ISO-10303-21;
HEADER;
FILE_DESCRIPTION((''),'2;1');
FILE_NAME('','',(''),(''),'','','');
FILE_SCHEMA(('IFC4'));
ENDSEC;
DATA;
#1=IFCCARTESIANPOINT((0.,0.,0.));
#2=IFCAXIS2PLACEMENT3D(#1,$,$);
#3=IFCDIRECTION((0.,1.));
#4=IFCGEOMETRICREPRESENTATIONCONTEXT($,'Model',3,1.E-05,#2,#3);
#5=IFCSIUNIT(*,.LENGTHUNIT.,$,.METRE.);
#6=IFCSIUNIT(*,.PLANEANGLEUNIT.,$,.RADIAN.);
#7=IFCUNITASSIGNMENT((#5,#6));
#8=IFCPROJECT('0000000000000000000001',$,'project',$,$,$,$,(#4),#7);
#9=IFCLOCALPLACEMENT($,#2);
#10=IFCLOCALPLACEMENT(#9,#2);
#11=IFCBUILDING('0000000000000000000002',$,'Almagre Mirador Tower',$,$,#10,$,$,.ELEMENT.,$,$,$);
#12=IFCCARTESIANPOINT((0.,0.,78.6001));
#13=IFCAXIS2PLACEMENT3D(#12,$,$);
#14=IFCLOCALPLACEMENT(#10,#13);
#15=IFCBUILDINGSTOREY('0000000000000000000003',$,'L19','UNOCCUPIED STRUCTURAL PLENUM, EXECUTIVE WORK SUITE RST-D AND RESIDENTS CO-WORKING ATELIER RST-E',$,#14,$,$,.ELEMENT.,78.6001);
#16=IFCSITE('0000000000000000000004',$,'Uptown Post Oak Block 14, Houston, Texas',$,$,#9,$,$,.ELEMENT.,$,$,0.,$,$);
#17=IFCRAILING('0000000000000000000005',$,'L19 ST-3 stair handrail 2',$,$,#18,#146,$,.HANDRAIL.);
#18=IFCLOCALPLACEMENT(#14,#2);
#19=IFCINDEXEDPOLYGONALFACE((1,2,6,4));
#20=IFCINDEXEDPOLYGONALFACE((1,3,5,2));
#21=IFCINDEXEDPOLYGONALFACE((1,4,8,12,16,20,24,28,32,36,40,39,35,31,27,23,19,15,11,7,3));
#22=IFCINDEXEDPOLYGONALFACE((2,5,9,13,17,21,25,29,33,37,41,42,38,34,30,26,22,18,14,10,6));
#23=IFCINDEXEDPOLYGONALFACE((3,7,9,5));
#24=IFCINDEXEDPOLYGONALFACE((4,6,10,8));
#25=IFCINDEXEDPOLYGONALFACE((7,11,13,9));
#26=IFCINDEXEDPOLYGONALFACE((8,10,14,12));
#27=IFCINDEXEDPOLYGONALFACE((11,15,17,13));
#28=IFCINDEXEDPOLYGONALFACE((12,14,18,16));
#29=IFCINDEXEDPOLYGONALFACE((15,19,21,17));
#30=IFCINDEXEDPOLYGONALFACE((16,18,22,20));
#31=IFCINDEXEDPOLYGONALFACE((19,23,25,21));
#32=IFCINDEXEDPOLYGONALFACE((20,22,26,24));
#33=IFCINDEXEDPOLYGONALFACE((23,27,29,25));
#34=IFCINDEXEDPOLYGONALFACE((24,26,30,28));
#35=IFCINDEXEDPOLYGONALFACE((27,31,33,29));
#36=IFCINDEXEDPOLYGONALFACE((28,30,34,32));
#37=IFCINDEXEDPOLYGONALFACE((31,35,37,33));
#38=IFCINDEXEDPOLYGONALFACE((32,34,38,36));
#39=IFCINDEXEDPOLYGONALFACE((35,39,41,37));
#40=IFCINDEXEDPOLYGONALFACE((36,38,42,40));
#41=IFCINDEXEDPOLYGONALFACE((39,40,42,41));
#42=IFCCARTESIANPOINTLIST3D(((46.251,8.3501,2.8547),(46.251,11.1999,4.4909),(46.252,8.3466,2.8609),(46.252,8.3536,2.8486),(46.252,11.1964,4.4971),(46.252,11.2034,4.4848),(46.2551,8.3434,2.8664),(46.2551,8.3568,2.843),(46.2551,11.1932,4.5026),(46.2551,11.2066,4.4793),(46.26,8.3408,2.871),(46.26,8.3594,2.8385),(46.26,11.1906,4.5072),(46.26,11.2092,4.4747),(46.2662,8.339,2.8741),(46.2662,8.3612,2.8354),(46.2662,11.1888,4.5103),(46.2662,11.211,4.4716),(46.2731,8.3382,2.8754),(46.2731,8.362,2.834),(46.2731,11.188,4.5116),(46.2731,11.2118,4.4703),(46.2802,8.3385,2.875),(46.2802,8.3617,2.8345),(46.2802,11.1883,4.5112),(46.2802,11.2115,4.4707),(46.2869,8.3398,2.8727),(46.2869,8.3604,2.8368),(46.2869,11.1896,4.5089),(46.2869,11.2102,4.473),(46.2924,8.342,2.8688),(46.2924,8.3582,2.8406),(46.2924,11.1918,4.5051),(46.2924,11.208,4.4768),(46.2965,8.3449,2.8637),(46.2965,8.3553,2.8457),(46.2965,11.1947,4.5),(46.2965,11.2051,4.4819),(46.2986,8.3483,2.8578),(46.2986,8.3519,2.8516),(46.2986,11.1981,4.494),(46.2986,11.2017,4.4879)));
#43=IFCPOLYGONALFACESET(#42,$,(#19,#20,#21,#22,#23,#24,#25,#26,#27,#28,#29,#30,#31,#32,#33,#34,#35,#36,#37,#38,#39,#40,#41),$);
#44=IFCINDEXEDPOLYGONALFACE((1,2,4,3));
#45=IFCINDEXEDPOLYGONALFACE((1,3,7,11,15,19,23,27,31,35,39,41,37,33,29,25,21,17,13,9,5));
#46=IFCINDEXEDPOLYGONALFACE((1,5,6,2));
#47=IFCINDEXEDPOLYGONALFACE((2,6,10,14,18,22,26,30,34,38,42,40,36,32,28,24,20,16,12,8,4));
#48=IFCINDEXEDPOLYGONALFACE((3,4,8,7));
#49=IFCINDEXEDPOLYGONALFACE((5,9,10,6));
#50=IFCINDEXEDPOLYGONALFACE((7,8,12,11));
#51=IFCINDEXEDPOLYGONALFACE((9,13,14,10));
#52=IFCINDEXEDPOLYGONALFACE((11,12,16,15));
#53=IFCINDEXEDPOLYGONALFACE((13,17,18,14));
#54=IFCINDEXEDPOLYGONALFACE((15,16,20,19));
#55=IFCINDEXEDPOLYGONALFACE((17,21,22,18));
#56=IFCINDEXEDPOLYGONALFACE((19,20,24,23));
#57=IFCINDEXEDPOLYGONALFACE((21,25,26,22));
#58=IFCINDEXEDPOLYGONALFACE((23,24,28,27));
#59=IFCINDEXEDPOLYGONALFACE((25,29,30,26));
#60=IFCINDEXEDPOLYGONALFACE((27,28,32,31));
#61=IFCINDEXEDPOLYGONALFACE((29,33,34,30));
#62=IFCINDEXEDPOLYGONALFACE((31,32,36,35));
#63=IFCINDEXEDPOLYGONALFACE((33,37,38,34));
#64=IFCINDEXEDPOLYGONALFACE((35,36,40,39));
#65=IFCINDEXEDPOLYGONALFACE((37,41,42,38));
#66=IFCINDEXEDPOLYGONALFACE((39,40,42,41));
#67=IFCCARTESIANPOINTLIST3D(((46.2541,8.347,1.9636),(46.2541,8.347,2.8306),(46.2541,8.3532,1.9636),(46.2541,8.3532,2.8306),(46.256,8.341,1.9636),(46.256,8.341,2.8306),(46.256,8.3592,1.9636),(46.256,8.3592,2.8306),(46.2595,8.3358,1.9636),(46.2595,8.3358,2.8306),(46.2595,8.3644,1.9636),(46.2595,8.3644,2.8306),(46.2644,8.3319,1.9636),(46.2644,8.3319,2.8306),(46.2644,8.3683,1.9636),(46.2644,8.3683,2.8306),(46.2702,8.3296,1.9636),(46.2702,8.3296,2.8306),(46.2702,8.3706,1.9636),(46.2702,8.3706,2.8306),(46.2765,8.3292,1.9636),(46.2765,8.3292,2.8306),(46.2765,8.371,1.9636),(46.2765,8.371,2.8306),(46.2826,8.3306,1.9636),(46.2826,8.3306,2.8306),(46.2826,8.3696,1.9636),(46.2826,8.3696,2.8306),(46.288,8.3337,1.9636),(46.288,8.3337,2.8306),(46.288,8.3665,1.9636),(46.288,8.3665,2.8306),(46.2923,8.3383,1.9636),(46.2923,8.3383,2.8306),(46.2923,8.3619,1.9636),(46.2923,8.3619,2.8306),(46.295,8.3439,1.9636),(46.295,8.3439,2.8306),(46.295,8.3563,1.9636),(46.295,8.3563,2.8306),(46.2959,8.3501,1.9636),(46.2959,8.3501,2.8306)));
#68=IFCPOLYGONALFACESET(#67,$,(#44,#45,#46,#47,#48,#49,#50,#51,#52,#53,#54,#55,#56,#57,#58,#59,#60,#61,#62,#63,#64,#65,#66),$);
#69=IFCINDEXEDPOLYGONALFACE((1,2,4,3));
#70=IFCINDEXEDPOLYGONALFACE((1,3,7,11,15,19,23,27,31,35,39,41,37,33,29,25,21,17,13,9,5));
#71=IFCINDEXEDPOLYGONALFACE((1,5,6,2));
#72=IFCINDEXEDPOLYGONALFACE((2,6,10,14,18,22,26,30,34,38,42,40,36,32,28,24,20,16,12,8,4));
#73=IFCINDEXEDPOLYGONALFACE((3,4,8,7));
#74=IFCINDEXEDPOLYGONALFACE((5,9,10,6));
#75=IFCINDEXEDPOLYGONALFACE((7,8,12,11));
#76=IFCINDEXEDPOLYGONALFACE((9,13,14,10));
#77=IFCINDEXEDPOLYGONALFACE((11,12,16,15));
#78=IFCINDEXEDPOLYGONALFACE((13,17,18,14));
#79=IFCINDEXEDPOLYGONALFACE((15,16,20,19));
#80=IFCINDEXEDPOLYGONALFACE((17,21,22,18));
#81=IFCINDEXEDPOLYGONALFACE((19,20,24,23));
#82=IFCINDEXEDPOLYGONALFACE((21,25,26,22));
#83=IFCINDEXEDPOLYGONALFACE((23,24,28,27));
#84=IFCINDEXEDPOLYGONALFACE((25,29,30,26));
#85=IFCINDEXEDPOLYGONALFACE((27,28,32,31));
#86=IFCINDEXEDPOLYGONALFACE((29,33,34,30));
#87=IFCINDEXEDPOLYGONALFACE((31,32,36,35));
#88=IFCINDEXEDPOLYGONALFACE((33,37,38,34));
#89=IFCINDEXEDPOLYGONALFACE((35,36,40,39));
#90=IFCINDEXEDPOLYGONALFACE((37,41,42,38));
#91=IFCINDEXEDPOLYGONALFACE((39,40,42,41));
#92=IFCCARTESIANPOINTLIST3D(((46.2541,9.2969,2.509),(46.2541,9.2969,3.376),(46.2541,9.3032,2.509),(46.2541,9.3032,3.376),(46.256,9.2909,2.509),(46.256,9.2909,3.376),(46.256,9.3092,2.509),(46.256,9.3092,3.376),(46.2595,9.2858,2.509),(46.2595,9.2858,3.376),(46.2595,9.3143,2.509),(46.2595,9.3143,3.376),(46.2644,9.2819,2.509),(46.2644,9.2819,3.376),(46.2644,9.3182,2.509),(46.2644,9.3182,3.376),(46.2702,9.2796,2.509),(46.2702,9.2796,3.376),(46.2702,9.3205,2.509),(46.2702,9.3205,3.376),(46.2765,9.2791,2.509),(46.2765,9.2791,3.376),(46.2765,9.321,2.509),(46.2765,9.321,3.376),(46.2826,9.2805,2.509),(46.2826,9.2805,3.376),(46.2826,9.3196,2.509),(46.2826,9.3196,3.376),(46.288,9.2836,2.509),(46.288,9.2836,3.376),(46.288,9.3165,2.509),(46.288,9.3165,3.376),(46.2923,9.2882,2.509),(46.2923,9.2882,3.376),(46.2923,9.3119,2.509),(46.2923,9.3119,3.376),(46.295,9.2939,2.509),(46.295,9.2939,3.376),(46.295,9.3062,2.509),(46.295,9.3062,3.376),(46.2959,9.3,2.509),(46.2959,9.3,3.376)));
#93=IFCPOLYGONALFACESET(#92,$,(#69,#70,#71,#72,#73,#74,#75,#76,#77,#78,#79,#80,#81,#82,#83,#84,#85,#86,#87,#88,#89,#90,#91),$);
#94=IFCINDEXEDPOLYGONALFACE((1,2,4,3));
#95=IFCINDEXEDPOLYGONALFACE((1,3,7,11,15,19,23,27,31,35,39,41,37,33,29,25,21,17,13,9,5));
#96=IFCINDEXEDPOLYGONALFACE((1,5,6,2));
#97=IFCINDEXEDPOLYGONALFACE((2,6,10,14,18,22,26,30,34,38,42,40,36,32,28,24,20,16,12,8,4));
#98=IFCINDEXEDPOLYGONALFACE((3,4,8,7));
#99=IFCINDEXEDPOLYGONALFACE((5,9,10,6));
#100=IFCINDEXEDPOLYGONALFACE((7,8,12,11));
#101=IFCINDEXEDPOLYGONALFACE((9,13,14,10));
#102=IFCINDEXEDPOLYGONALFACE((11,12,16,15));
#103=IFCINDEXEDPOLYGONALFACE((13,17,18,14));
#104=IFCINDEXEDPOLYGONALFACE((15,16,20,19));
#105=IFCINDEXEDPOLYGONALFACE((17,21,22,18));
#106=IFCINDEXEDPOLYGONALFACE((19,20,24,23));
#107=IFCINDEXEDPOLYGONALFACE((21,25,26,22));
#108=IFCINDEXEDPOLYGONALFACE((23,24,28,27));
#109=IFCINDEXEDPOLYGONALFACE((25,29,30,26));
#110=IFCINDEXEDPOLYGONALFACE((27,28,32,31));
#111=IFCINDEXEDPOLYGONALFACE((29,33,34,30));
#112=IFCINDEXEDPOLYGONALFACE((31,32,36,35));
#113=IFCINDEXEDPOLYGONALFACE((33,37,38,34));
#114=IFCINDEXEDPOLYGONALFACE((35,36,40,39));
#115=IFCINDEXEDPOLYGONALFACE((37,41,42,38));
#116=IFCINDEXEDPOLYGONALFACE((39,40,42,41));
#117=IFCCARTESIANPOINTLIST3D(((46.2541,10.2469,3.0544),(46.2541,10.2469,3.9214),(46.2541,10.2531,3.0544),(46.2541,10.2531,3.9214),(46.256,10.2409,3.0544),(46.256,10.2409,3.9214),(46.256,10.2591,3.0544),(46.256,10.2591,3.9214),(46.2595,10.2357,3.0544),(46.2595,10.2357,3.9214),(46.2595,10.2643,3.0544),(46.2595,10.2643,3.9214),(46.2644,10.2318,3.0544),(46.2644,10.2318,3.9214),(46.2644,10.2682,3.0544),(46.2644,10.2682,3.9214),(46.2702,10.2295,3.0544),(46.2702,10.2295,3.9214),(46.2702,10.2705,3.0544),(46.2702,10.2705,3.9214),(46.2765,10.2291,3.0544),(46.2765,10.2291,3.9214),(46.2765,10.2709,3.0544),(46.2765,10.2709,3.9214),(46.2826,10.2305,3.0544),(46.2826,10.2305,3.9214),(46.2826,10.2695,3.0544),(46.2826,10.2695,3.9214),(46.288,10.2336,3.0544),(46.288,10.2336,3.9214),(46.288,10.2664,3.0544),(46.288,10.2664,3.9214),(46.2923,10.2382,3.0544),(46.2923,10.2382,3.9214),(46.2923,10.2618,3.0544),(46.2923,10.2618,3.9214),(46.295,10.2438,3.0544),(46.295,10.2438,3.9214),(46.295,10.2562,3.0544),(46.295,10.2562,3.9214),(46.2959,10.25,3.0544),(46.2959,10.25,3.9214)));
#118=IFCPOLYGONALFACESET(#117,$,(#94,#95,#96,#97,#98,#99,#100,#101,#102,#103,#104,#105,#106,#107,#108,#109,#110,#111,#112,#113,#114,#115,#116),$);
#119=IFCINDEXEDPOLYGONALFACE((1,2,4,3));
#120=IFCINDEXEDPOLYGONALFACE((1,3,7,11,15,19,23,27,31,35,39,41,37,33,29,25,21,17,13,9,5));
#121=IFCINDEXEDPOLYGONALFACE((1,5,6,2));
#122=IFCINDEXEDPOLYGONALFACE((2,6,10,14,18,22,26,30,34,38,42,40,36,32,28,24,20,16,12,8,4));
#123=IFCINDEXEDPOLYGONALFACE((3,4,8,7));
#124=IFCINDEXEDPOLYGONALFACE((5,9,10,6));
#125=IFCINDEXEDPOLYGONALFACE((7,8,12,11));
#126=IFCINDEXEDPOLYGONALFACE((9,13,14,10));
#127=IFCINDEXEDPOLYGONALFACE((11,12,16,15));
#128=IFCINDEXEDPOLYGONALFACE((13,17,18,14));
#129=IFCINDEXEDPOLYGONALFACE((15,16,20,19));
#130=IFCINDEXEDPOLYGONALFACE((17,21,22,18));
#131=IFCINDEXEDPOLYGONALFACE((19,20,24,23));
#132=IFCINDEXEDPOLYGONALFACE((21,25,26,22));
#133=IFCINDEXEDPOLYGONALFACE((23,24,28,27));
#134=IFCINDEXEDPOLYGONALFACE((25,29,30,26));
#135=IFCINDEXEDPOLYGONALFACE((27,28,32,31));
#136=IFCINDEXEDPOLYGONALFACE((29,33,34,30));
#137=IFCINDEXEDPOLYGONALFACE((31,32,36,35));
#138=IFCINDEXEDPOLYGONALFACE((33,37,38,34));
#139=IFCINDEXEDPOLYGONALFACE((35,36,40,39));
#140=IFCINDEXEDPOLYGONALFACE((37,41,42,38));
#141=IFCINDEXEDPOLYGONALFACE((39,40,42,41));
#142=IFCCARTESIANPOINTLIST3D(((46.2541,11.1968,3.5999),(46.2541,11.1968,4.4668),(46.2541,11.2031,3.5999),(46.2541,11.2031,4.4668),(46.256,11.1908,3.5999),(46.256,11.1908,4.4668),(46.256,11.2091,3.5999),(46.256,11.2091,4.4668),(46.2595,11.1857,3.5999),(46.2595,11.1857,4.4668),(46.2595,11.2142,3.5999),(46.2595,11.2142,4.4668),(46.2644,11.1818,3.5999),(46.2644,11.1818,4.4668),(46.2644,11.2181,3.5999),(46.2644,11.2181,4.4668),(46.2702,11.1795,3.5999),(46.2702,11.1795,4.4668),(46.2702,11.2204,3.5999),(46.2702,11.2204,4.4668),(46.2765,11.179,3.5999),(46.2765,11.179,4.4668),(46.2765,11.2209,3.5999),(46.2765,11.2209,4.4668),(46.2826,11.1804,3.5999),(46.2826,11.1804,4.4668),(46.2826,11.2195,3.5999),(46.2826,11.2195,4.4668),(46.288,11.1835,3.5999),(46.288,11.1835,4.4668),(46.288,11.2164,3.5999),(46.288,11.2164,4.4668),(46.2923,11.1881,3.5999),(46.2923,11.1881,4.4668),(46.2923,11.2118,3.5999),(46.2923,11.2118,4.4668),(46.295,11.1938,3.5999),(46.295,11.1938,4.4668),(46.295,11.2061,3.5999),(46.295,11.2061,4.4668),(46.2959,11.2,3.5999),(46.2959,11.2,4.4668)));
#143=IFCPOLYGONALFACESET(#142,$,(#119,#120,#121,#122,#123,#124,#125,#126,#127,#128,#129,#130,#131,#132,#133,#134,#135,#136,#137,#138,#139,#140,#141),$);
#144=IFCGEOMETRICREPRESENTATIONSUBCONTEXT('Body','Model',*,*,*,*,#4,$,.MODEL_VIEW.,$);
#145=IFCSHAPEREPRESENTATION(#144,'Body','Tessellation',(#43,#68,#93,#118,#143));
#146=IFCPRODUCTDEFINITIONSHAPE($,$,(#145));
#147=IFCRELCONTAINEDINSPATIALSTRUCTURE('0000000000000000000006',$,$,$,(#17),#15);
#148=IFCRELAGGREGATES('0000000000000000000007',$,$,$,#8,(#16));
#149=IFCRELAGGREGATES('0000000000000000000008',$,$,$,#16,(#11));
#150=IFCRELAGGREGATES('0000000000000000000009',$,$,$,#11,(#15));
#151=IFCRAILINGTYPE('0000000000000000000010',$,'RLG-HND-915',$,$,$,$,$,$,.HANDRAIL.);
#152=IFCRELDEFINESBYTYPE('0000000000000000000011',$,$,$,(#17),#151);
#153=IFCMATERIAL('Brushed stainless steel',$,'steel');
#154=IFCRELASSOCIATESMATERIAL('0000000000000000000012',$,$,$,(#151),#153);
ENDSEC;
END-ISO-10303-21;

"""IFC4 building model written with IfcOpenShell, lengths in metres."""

from ifc_helpers import new_model, si_unit, direction, frame, origin, origin_2d, place, context, subcontext, project, spatial, circle, extrude, material, type_object, element, save


model = new_model("IFC4")

# Units and contexts
model_context = context("Model", 3, precision=1e-05, world=origin(), true_north=direction((0.0, 1.0)))
body_context = subcontext(model_context, "Body", "Model", "MODEL_VIEW")
ifc_project = project(units=[si_unit("LENGTHUNIT", "METRE"), si_unit("PLANEANGLEUNIT", "RADIAN")], contexts=[model_context])

# Site, building, storey
site_placement = place(None, origin())
site = spatial("IfcSite", under=ifc_project, at=site_placement, Name="Uptown Post Oak Block 14, Houston, Texas", CompositionType="ELEMENT", RefElevation=0.0)
building_placement = place(site_placement, origin())
building = spatial("IfcBuilding", under=site, at=building_placement, Name="Almagre Mirador Tower", CompositionType="ELEMENT")
storey_placement = place(building_placement, frame((0.0, 0.0, 78.6001)))
storey = spatial("IfcBuildingStorey", under=building, at=storey_placement, Name="L19", Description="UNOCCUPIED STRUCTURAL PLENUM, EXECUTIVE WORK SUITE RST-D AND RESIDENTS CO-WORKING ATELIER RST-E", CompositionType="ELEMENT", Elevation=78.6001)

# Railing
ifc_material_1 = material(Name="Brushed stainless steel", Category="steel")
railing_type_1 = type_object("IfcRailingType", Name="RLG-HND-915", PredefinedType="HANDRAIL", material=ifc_material_1)
railing_1_placement = place(storey_placement, frame((46.2749, 8.3501, 1.9636)))
element("IfcRailing", 1, at=railing_1_placement, inside=storey, type_object=railing_type_1, Name="L19 ST-3 stair handrail 2", PredefinedType="HANDRAIL", context=body_context, shape_type="SweptSolid", body=[
    extrude(circle(Radius=0.0239, at=origin_2d()), frame((0.0, 0.0, 0.8911), z_axis=(0.0, 0.867226, 0.497914), x_axis=(-1.0, 0.0, 0.0)), (0.0, 0.0, 1.0), 3.2861),
    extrude(circle(Radius=0.021, at=origin_2d()), origin(), (0.0, 0.0, 1.0), 0.8669),
    extrude(circle(Radius=0.021, at=origin_2d()), frame((0.0, 0.95, 0.5454)), (0.0, 0.0, 1.0), 0.8669),
    extrude(circle(Radius=0.021, at=origin_2d()), frame((0.0, 1.8999, 1.0908)), (0.0, 0.0, 1.0), 0.8669),
    extrude(circle(Radius=0.021, at=origin_2d()), frame((0.0, 2.8499, 1.6362)), (0.0, 0.0, 1.0), 0.8669),
])

save(model, "model.ifc")
